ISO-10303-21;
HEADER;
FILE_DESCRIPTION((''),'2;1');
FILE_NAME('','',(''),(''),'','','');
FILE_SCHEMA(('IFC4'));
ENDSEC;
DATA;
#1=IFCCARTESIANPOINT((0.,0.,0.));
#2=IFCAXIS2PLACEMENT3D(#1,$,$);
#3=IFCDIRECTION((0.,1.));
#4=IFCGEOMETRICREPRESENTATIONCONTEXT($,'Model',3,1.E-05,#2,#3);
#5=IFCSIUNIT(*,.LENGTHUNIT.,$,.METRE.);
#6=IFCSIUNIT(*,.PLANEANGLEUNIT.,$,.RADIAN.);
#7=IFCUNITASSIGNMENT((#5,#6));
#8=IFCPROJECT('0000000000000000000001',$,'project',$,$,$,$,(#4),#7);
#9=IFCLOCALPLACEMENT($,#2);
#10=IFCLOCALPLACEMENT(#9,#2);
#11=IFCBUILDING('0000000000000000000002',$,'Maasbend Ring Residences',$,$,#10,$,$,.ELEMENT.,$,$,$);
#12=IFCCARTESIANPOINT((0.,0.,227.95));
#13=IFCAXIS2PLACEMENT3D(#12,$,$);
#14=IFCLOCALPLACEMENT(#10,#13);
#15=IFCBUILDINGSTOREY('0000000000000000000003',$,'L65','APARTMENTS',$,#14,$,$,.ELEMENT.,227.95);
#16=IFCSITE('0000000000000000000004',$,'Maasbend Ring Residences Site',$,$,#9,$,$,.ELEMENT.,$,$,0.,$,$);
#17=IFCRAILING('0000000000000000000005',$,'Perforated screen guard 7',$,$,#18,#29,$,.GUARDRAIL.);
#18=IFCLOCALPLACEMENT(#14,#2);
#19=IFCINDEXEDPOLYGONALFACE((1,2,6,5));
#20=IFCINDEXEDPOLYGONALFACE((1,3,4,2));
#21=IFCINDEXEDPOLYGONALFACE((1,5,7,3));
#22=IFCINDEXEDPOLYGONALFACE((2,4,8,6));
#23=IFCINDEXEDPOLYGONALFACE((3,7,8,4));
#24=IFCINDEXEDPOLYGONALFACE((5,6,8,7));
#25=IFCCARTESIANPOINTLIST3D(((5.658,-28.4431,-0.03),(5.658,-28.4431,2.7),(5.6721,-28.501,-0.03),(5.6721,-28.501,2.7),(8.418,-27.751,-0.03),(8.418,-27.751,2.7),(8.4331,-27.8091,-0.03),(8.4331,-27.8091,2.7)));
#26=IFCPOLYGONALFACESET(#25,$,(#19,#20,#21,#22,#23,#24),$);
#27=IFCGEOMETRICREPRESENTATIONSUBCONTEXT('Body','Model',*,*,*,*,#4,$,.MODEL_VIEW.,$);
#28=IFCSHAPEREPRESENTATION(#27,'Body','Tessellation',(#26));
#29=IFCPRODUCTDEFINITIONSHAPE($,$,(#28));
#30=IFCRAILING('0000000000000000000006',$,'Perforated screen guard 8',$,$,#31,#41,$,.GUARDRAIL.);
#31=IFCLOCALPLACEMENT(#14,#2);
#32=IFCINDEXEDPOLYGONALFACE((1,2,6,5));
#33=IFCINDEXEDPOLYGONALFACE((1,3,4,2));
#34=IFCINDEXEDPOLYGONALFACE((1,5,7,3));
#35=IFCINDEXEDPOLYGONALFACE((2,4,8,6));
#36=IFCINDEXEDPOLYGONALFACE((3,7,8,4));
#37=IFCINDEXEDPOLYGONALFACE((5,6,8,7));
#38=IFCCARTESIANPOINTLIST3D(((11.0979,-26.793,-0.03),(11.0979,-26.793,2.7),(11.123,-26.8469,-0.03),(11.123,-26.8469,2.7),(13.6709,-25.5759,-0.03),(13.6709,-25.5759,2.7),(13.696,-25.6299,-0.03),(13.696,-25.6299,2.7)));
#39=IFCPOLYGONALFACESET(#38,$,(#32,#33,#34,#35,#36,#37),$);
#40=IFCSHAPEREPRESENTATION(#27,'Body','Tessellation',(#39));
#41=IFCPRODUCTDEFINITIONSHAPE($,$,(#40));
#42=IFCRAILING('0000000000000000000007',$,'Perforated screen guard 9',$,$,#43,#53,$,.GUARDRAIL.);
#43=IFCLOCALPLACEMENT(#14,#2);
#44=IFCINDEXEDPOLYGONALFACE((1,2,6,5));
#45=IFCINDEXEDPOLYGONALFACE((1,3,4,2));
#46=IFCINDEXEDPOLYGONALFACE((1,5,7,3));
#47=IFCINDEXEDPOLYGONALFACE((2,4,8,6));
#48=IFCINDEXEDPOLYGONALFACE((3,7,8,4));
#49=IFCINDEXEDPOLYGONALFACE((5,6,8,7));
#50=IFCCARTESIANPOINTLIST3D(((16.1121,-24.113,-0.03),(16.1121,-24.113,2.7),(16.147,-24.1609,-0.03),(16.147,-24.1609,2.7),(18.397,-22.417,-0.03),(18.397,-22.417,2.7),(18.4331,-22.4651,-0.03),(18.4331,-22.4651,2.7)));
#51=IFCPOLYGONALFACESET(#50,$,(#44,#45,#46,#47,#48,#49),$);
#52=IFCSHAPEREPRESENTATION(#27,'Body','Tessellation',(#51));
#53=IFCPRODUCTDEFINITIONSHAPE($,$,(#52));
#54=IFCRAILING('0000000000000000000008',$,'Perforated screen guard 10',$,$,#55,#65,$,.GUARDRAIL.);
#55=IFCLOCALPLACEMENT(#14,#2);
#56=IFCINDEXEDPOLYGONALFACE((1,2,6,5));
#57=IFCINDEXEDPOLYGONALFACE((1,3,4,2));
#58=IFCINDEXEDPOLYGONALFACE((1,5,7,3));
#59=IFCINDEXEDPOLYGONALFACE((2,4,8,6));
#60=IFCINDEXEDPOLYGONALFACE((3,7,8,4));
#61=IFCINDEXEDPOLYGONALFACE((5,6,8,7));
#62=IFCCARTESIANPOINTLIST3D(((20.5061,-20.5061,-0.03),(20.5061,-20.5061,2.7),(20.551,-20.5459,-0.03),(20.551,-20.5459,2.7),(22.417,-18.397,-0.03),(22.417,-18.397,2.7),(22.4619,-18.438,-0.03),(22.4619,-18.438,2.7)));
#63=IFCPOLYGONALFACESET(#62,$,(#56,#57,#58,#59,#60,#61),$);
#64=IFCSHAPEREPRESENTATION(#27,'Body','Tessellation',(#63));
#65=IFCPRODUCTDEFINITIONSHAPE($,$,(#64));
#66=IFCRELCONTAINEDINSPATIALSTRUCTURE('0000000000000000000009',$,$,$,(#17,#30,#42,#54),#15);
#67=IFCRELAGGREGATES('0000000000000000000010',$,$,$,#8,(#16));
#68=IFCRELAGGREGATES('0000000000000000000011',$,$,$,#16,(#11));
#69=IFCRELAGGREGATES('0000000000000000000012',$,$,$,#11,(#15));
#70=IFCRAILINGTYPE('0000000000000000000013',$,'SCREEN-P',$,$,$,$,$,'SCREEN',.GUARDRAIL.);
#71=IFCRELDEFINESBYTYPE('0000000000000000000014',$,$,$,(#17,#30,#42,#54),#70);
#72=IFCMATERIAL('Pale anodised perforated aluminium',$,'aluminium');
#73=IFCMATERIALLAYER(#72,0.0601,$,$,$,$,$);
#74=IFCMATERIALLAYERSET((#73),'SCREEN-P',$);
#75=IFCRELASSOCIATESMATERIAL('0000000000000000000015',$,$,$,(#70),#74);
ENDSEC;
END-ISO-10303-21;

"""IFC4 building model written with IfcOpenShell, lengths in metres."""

from ifc_helpers import new_model, si_unit, direction, frame, origin, place, context, subcontext, project, spatial, polyline, outline, extrude, material, layer, layer_set, type_object, element, save


model = new_model("IFC4")

# Units and contexts
model_context = context("Model", 3, precision=1e-05, world=origin(), true_north=direction((0.0, 1.0)))
body_context = subcontext(model_context, "Body", "Model", "MODEL_VIEW")
ifc_project = project(units=[si_unit("LENGTHUNIT", "METRE"), si_unit("PLANEANGLEUNIT", "RADIAN")], contexts=[model_context])

# Site, building, storey
site_placement = place(None, origin())
site = spatial("IfcSite", under=ifc_project, at=site_placement, Name="Maasbend Ring Residences Site", CompositionType="ELEMENT", RefElevation=0.0)
building_placement = place(site_placement, origin())
building = spatial("IfcBuilding", under=site, at=building_placement, Name="Maasbend Ring Residences", CompositionType="ELEMENT")
storey_placement = place(building_placement, frame((0.0, 0.0, 227.95)))
storey = spatial("IfcBuildingStorey", under=building, at=storey_placement, Name="L65", Description="APARTMENTS", CompositionType="ELEMENT", Elevation=227.95)

# Railings
ifc_material_1 = material(Name="Pale anodised perforated aluminium", Category="aluminium")
ifc_layer_1 = layer(ifc_material_1, 0.0601)
ifc_layer_set_1 = layer_set([ifc_layer_1], Name="SCREEN-P")
railing_type = type_object("IfcRailingType", Name="SCREEN-P", ElementType="SCREEN", PredefinedType="GUARDRAIL", material=ifc_layer_set_1)
railing_1_placement = place(storey_placement, frame((0.0, 0.0, -0.03)))
element("IfcRailing", 1, at=railing_1_placement, inside=storey, type_object=railing_type, Name="Perforated screen guard 7", PredefinedType="GUARDRAIL", context=body_context, shape_type="SweptSolid", body=[
    extrude(outline(polyline([(5.658, -28.4431), (8.418, -27.751), (8.4331, -27.8091), (5.6721, -28.501), (5.658, -28.4431)])), origin(), (0.0, 0.0, 1.0), 2.73),
])
railing_2_placement = place(storey_placement, frame((0.0, 0.0, -0.03)))
element("IfcRailing", 2, at=railing_2_placement, inside=storey, type_object=railing_type, Name="Perforated screen guard 8", PredefinedType="GUARDRAIL", context=body_context, shape_type="SweptSolid", body=[
    extrude(outline(polyline([(11.0979, -26.793), (13.6709, -25.5759), (13.696, -25.6299), (11.123, -26.8469), (11.0979, -26.793)])), origin(), (0.0, 0.0, 1.0), 2.73),
])
railing_3_placement = place(storey_placement, frame((0.0, 0.0, -0.03)))
element("IfcRailing", 3, at=railing_3_placement, inside=storey, type_object=railing_type, Name="Perforated screen guard 9", PredefinedType="GUARDRAIL", context=body_context, shape_type="SweptSolid", body=[
    extrude(outline(polyline([(16.1121, -24.113), (18.397, -22.417), (18.4331, -22.4651), (16.147, -24.1609), (16.1121, -24.113)])), origin(), (0.0, 0.0, 1.0), 2.73),
])
railing_4_placement = place(storey_placement, frame((0.0, 0.0, -0.03)))
element("IfcRailing", 4, at=railing_4_placement, inside=storey, type_object=railing_type, Name="Perforated screen guard 10", PredefinedType="GUARDRAIL", context=body_context, shape_type="SweptSolid", body=[
    extrude(outline(polyline([(20.5061, -20.5061), (22.417, -18.397), (22.4619, -18.438), (20.551, -20.5459), (20.5061, -20.5061)])), origin(), (0.0, 0.0, 1.0), 2.73),
])

save(model, "model.ifc")
